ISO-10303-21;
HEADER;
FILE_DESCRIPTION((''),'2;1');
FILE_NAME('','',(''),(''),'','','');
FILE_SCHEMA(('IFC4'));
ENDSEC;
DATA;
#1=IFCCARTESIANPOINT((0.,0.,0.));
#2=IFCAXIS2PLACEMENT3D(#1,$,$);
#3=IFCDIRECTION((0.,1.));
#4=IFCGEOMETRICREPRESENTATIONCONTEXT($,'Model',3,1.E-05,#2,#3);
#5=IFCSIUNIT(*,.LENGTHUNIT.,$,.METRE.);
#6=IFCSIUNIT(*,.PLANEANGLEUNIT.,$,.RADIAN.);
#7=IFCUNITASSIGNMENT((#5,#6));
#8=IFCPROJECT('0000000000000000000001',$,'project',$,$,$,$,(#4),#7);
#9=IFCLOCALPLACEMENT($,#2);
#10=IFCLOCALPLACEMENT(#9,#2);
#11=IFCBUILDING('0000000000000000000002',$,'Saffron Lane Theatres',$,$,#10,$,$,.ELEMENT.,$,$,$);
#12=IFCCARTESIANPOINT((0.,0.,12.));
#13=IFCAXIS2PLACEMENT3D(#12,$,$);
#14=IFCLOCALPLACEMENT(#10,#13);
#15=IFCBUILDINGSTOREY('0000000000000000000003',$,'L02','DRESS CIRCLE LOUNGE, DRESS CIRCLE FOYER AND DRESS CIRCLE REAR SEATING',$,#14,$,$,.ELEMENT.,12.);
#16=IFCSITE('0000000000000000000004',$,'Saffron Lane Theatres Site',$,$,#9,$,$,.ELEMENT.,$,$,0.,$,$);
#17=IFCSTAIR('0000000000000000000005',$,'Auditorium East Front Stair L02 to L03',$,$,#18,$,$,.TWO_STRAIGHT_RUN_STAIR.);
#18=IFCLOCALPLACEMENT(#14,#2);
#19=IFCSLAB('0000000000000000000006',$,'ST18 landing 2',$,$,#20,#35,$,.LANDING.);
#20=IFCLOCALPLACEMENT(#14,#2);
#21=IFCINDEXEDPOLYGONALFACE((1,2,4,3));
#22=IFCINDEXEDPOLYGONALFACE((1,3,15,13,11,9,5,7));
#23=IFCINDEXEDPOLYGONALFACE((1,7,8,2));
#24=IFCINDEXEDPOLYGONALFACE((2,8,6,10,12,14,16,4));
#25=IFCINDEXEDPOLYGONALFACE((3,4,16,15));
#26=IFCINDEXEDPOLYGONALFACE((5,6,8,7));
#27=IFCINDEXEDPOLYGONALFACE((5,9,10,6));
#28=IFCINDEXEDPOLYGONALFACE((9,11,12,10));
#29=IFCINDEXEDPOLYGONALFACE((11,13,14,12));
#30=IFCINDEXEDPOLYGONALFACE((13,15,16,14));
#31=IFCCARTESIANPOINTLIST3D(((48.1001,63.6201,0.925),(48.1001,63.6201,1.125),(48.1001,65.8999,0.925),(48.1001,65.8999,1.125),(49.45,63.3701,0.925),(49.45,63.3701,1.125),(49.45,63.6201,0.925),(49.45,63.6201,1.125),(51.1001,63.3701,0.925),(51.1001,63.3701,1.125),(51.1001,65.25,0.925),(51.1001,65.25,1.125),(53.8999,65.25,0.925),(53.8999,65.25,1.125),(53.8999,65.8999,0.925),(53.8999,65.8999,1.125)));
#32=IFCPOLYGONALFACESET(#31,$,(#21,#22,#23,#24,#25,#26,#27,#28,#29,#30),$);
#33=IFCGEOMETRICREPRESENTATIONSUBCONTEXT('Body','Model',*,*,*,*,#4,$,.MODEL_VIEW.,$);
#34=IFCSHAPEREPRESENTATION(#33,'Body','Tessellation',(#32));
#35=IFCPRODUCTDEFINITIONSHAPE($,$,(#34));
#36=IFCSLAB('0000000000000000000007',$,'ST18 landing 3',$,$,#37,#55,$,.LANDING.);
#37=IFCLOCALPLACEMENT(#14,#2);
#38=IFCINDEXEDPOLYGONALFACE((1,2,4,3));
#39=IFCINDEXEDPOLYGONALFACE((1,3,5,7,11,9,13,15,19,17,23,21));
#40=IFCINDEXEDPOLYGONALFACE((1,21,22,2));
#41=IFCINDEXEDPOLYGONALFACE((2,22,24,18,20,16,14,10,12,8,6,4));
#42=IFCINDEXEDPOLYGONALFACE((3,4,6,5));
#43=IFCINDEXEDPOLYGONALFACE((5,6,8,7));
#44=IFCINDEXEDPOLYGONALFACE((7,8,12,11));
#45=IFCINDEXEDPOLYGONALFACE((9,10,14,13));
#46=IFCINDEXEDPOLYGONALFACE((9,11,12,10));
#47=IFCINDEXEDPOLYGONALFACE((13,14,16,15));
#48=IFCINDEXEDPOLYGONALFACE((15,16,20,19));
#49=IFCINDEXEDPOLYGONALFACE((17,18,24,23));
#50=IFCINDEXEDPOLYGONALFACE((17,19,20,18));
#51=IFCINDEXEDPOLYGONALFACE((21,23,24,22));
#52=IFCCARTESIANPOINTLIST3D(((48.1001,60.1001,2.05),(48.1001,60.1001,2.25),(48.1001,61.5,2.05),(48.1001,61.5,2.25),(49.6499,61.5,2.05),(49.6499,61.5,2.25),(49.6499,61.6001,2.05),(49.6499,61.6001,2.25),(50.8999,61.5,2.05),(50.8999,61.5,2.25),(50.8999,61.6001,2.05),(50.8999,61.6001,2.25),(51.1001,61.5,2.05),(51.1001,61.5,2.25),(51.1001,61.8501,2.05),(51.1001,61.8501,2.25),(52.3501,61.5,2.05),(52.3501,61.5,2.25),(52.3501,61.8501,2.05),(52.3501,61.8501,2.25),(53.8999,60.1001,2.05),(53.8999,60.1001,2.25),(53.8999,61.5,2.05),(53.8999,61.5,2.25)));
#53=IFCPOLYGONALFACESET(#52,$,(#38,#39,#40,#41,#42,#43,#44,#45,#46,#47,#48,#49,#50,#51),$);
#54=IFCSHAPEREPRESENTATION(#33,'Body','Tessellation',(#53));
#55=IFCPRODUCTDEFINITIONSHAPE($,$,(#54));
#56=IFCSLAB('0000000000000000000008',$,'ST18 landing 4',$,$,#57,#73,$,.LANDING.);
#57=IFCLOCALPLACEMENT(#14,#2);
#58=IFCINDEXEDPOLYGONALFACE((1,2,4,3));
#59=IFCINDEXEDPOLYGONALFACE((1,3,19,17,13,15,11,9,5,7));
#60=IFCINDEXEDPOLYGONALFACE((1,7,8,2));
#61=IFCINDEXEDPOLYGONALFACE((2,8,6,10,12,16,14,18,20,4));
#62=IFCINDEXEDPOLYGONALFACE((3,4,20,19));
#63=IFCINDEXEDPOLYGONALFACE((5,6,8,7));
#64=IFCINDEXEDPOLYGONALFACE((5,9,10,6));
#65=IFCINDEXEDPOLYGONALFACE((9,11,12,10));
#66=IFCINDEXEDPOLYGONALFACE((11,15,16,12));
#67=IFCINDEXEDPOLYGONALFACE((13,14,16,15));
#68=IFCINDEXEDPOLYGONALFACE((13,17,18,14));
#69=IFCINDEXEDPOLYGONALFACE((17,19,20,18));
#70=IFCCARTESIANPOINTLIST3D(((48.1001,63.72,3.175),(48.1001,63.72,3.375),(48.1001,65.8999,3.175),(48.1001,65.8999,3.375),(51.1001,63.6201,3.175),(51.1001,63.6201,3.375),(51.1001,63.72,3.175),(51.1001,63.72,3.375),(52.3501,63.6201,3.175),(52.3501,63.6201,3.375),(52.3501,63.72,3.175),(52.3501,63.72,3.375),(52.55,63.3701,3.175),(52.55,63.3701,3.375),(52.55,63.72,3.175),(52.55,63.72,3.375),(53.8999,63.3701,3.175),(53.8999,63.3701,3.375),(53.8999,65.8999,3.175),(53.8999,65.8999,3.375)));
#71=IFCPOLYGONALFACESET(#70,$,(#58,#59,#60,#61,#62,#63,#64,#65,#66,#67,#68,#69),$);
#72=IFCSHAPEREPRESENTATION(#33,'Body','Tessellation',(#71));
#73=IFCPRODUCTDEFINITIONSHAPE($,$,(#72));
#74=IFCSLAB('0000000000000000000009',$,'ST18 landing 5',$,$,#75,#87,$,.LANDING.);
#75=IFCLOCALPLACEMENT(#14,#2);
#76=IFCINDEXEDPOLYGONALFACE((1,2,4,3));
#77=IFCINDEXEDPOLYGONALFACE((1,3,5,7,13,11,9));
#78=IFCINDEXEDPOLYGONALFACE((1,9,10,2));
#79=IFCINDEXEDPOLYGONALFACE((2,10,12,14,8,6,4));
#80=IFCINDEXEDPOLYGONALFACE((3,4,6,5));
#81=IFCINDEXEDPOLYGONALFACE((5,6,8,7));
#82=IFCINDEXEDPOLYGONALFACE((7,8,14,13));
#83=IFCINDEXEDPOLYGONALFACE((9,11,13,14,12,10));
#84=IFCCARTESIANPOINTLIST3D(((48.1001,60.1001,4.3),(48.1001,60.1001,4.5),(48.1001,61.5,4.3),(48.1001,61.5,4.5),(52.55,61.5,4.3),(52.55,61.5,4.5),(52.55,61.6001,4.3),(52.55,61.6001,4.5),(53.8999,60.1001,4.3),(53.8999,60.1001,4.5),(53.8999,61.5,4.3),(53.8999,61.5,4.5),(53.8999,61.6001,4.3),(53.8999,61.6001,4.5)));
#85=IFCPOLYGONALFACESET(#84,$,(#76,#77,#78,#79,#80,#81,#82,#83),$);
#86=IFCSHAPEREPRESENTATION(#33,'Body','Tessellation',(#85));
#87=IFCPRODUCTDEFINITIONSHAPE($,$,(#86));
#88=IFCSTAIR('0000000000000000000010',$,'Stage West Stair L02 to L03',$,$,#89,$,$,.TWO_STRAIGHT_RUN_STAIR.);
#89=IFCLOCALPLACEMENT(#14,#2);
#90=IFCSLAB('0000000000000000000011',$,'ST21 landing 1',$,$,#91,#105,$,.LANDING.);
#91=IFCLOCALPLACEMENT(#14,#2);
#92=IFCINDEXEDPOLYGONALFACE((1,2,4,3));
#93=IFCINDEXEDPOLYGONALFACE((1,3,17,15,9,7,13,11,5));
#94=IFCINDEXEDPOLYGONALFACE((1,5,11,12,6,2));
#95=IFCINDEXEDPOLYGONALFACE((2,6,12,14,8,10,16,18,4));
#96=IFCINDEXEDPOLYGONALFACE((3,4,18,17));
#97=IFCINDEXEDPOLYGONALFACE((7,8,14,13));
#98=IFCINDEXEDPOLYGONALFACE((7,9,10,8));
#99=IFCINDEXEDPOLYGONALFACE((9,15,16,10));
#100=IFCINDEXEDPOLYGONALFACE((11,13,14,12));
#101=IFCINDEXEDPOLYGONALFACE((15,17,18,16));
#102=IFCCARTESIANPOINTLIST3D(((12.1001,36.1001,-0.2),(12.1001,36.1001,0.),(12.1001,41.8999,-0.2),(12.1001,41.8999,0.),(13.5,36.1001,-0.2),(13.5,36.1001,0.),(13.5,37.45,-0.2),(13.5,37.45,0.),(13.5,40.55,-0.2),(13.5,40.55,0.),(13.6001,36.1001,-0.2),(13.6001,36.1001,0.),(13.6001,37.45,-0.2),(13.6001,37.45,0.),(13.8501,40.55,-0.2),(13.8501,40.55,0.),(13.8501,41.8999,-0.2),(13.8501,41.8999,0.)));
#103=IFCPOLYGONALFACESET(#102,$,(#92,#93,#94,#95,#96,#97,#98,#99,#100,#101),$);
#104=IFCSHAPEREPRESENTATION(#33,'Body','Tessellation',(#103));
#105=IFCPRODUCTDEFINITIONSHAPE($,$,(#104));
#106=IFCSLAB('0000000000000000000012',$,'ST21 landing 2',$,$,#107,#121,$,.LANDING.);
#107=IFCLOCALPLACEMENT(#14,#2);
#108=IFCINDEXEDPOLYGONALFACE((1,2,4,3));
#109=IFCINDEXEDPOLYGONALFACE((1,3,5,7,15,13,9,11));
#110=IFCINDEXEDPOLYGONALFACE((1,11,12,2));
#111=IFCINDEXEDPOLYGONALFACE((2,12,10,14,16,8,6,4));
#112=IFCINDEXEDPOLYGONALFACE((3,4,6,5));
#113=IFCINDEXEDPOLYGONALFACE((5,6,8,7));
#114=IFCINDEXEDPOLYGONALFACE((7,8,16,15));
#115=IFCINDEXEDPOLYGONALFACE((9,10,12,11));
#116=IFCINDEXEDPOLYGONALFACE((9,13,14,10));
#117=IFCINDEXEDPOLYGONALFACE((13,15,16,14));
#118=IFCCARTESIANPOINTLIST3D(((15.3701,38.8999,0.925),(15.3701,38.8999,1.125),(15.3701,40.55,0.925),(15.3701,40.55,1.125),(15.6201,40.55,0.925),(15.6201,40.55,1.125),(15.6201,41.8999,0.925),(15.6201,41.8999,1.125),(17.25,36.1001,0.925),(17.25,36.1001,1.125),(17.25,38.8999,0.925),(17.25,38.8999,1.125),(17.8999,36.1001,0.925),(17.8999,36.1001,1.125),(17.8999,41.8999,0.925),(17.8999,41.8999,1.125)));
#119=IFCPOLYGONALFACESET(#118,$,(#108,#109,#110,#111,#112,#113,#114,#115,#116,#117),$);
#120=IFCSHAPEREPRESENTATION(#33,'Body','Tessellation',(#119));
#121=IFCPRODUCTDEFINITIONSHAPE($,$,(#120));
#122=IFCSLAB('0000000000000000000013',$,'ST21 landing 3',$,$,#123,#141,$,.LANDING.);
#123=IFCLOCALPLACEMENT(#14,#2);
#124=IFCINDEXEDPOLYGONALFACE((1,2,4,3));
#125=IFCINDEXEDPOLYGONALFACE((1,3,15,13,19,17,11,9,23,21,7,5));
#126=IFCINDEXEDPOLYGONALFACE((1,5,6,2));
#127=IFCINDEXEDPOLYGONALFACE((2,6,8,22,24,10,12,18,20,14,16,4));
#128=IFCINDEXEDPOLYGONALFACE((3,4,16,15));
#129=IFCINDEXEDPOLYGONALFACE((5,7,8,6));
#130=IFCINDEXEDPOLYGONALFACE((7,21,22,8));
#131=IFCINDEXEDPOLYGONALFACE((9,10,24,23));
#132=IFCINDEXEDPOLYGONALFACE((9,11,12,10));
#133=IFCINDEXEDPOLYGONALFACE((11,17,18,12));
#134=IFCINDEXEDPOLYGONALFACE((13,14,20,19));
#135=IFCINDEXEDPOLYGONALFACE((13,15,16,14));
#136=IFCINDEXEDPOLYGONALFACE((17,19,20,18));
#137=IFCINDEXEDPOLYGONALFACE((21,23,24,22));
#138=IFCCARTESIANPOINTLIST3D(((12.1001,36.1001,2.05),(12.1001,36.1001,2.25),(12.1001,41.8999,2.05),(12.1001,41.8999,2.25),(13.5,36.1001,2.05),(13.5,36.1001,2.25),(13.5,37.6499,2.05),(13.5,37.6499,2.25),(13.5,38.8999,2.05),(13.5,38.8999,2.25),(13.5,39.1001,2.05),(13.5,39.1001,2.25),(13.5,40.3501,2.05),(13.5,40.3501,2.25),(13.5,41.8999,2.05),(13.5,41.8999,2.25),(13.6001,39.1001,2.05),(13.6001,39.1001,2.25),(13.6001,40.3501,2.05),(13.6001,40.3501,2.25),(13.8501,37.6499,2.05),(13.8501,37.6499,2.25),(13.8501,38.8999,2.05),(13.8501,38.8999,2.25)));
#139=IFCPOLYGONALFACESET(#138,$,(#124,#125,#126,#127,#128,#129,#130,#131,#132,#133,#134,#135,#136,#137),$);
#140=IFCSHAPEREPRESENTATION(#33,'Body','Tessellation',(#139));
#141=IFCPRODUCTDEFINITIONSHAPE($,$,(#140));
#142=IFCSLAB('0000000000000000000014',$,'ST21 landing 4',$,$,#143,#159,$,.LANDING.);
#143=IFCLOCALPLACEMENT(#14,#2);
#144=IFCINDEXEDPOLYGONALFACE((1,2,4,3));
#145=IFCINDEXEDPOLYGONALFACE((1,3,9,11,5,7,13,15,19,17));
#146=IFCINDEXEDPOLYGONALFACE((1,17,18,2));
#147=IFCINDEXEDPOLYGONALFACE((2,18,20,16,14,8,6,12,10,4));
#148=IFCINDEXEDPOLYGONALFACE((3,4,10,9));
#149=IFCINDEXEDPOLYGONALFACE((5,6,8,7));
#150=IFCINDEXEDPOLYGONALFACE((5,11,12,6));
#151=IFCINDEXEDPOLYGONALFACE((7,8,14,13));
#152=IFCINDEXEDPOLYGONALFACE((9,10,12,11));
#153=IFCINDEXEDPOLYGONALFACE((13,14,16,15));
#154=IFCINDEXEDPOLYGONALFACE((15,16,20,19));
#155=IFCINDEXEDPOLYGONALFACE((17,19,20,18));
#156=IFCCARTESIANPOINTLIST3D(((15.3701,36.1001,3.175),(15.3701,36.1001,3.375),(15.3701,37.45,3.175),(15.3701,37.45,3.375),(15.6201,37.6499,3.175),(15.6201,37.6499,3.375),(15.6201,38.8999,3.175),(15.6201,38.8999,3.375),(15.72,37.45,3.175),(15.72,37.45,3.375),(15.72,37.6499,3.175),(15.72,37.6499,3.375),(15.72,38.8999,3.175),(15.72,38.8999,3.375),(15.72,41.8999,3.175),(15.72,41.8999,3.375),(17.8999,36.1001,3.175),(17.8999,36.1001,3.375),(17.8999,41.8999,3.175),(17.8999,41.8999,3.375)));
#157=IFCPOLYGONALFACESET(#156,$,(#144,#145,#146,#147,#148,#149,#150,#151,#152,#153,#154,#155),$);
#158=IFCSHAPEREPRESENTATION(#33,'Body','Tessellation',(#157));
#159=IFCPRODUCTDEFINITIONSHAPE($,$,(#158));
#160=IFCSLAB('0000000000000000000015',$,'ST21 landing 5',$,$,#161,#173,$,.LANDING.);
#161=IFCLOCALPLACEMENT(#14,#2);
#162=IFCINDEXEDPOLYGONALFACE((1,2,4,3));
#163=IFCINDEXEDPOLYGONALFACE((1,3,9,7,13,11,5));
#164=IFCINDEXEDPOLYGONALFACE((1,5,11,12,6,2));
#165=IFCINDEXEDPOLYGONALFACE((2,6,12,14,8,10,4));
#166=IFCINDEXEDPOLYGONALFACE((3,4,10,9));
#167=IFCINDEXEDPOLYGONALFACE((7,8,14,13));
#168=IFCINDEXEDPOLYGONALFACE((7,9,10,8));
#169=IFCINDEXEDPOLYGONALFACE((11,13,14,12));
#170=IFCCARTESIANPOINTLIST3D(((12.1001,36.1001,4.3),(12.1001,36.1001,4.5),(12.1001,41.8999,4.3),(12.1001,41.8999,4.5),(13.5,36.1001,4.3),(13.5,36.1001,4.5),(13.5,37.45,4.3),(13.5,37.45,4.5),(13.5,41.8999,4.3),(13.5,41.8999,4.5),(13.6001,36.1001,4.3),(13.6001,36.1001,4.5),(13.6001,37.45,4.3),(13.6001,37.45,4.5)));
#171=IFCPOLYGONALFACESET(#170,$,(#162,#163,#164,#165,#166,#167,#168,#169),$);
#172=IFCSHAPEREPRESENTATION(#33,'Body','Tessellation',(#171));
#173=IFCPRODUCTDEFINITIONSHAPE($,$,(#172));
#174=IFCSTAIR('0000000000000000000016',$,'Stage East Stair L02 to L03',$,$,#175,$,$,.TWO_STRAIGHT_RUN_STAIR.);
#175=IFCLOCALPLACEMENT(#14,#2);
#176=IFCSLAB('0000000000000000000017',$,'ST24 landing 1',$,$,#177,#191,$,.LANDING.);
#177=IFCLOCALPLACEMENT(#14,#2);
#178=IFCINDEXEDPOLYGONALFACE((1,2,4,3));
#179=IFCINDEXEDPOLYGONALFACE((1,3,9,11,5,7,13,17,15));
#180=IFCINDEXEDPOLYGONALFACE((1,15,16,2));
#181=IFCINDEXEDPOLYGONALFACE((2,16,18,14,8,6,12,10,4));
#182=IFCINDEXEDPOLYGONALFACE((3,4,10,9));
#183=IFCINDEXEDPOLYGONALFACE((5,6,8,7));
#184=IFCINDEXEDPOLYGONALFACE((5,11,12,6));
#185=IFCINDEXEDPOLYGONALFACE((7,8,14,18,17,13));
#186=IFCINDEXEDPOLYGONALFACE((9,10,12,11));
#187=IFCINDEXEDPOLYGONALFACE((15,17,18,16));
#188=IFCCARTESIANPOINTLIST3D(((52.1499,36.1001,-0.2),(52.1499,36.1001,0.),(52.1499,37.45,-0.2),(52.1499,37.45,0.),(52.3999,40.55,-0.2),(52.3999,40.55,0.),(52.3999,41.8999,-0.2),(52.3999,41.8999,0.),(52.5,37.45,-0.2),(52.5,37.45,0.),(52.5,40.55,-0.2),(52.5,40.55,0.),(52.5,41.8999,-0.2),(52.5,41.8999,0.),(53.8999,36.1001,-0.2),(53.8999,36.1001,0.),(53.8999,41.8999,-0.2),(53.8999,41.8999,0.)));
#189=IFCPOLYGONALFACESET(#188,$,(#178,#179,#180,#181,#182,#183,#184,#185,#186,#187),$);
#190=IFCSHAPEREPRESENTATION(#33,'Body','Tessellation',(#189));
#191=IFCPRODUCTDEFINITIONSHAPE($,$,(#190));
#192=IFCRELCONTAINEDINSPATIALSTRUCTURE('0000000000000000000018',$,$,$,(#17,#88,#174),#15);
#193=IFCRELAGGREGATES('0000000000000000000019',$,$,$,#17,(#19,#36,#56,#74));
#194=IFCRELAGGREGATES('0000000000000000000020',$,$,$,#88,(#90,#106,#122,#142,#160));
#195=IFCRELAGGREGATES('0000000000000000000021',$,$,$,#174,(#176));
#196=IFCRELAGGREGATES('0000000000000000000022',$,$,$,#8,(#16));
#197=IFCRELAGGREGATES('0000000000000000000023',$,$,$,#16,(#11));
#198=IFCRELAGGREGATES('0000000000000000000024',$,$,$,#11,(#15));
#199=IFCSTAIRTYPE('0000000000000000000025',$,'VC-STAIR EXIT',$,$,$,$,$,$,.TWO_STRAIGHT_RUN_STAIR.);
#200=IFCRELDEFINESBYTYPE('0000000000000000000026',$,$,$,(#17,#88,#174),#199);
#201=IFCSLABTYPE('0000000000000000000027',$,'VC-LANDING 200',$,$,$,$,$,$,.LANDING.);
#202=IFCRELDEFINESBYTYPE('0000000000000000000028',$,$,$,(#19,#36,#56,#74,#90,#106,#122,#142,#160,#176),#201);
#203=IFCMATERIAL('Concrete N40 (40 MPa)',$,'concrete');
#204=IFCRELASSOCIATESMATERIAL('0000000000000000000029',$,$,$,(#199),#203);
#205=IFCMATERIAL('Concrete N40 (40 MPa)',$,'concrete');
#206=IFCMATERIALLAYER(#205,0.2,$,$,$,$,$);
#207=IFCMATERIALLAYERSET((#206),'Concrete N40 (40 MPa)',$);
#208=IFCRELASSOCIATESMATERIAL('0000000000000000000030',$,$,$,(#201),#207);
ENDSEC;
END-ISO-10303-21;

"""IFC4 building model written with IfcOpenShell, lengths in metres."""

from ifc_helpers import new_model, si_unit, direction, frame, origin, place, context, subcontext, project, spatial, polyline, outline, extrude, material, layer, layer_set, type_object, element, aggregate, save


model = new_model("IFC4")

# Units and contexts
model_context = context("Model", 3, precision=1e-05, world=origin(), true_north=direction((0.0, 1.0)))
body_context = subcontext(model_context, "Body", "Model", "MODEL_VIEW")
ifc_project = project(units=[si_unit("LENGTHUNIT", "METRE"), si_unit("PLANEANGLEUNIT", "RADIAN")], contexts=[model_context])

# Site, building, storey
site_placement = place(None, origin())
site = spatial("IfcSite", under=ifc_project, at=site_placement, Name="Saffron Lane Theatres Site", CompositionType="ELEMENT", RefElevation=0.0)
building_placement = place(site_placement, origin())
building = spatial("IfcBuilding", under=site, at=building_placement, Name="Saffron Lane Theatres", CompositionType="ELEMENT")
storey_placement = place(building_placement, frame((0.0, 0.0, 12.0)))
storey = spatial("IfcBuildingStorey", under=building, at=storey_placement, Name="L02", Description="DRESS CIRCLE LOUNGE, DRESS CIRCLE FOYER AND DRESS CIRCLE REAR SEATING", CompositionType="ELEMENT", Elevation=12.0)

# Stairs, slabs
ifc_material_1 = material(Name="Concrete N40 (40 MPa)", Category="concrete")
stair_type_1 = type_object("IfcStairType", Name="VC-STAIR EXIT", PredefinedType="TWO_STRAIGHT_RUN_STAIR", material=ifc_material_1)
stair_1_placement = place(storey_placement, origin())
stair_1 = element("IfcStair", 1, at=stair_1_placement, inside=storey, type_object=stair_type_1, Name="Auditorium East Front Stair L02 to L03", PredefinedType="TWO_STRAIGHT_RUN_STAIR")
ifc_material_2 = material(Name="Concrete N40 (40 MPa)", Category="concrete")
ifc_layer_1 = layer(ifc_material_2, 0.2)
ifc_layer_set_1 = layer_set([ifc_layer_1], Name="Concrete N40 (40 MPa)")
slab_type = type_object("IfcSlabType", Name="VC-LANDING 200", PredefinedType="LANDING", material=ifc_layer_set_1)
slab_1_placement = place(storey_placement, frame((0.0, 0.0, 0.925)))
slab_1 = element("IfcSlab", 2, at=slab_1_placement, type_object=slab_type, Name="ST18 landing 2", PredefinedType="LANDING", context=body_context, shape_type="SweptSolid", body=[
    extrude(outline(polyline([(51.1001, 63.3701), (49.45, 63.3701), (49.45, 63.6201), (48.1001, 63.6201), (48.1001, 65.8999), (53.8999, 65.8999), (53.8999, 65.25), (51.1001, 65.25), (51.1001, 63.3701)])), origin(), (0.0, 0.0, 1.0), 0.2),
])
slab_2_placement = place(storey_placement, frame((0.0, 0.0, 2.05)))
slab_2 = element("IfcSlab", 3, at=slab_2_placement, type_object=slab_type, Name="ST18 landing 3", PredefinedType="LANDING", context=body_context, shape_type="SweptSolid", body=[
    extrude(outline(polyline([(53.8999, 61.5), (53.8999, 60.1001), (48.1001, 60.1001), (48.1001, 61.5), (49.6499, 61.5), (49.6499, 61.6001), (50.8999, 61.6001), (50.8999, 61.5), (51.1001, 61.5), (51.1001, 61.8501), (52.3501, 61.8501), (52.3501, 61.5), (53.8999, 61.5)])), origin(), (0.0, 0.0, 1.0), 0.2),
])
slab_3_placement = place(storey_placement, frame((0.0, 0.0, 3.175)))
slab_3 = element("IfcSlab", 4, at=slab_3_placement, type_object=slab_type, Name="ST18 landing 4", PredefinedType="LANDING", context=body_context, shape_type="SweptSolid", body=[
    extrude(outline(polyline([(52.55, 63.72), (52.3501, 63.72), (52.3501, 63.6201), (51.1001, 63.6201), (51.1001, 63.72), (48.1001, 63.72), (48.1001, 65.8999), (53.8999, 65.8999), (53.8999, 63.3701), (52.55, 63.3701), (52.55, 63.72)])), origin(), (0.0, 0.0, 1.0), 0.2),
])
slab_4_placement = place(storey_placement, frame((0.0, 0.0, 4.3)))
slab_4 = element("IfcSlab", 5, at=slab_4_placement, type_object=slab_type, Name="ST18 landing 5", PredefinedType="LANDING", context=body_context, shape_type="SweptSolid", body=[
    extrude(outline(polyline([(53.8999, 60.1001), (48.1001, 60.1001), (48.1001, 61.5), (52.55, 61.5), (52.55, 61.6001), (53.8999, 61.6001), (53.8999, 61.5), (53.8999, 61.5), (53.8999, 60.1001)])), origin(), (0.0, 0.0, 1.0), 0.2),
])
aggregate(stair_1, [slab_1, slab_2, slab_3, slab_4])
stair_2_placement = place(storey_placement, origin())
stair_2 = element("IfcStair", 6, at=stair_2_placement, inside=storey, type_object=stair_type_1, Name="Stage West Stair L02 to L03", PredefinedType="TWO_STRAIGHT_RUN_STAIR")
slab_5_placement = place(storey_placement, frame((0.0, 0.0, -0.2)))
slab_5 = element("IfcSlab", 7, at=slab_5_placement, type_object=slab_type, Name="ST21 landing 1", PredefinedType="LANDING", context=body_context, shape_type="SweptSolid", body=[
    extrude(outline(polyline([(12.1001, 36.1001), (12.1001, 41.8999), (13.8501, 41.8999), (13.8501, 40.55), (13.5, 40.55), (13.5, 37.45), (13.6001, 37.45), (13.6001, 36.1001), (13.5, 36.1001), (13.5, 36.1001), (12.1001, 36.1001)])), origin(), (0.0, 0.0, 1.0), 0.2),
])
slab_6_placement = place(storey_placement, frame((0.0, 0.0, 0.925)))
slab_6 = element("IfcSlab", 8, at=slab_6_placement, type_object=slab_type, Name="ST21 landing 2", PredefinedType="LANDING", context=body_context, shape_type="SweptSolid", body=[
    extrude(outline(polyline([(15.3701, 38.8999), (15.3701, 40.55), (15.6201, 40.55), (15.6201, 41.8999), (17.8999, 41.8999), (17.8999, 36.1001), (17.25, 36.1001), (17.25, 38.8999), (15.3701, 38.8999)])), origin(), (0.0, 0.0, 1.0), 0.2),
])
slab_7_placement = place(storey_placement, frame((0.0, 0.0, 2.05)))
slab_7 = element("IfcSlab", 9, at=slab_7_placement, type_object=slab_type, Name="ST21 landing 3", PredefinedType="LANDING", context=body_context, shape_type="SweptSolid", body=[
    extrude(outline(polyline([(13.5, 36.1001), (12.1001, 36.1001), (12.1001, 41.8999), (13.5, 41.8999), (13.5, 40.3501), (13.6001, 40.3501), (13.6001, 39.1001), (13.5, 39.1001), (13.5, 38.8999), (13.8501, 38.8999), (13.8501, 37.6499), (13.5, 37.6499), (13.5, 36.1001)])), origin(), (0.0, 0.0, 1.0), 0.2),
])
slab_8_placement = place(storey_placement, frame((0.0, 0.0, 3.175)))
slab_8 = element("IfcSlab", 10, at=slab_8_placement, type_object=slab_type, Name="ST21 landing 4", PredefinedType="LANDING", context=body_context, shape_type="SweptSolid", body=[
    extrude(outline(polyline([(15.72, 37.45), (15.72, 37.6499), (15.6201, 37.6499), (15.6201, 38.8999), (15.72, 38.8999), (15.72, 41.8999), (17.8999, 41.8999), (17.8999, 36.1001), (15.3701, 36.1001), (15.3701, 37.45), (15.72, 37.45)])), origin(), (0.0, 0.0, 1.0), 0.2),
])
slab_9_placement = place(storey_placement, frame((0.0, 0.0, 4.3)))
slab_9 = element("IfcSlab", 11, at=slab_9_placement, type_object=slab_type, Name="ST21 landing 5", PredefinedType="LANDING", context=body_context, shape_type="SweptSolid", body=[
    extrude(outline(polyline([(12.1001, 36.1001), (12.1001, 41.8999), (13.5, 41.8999), (13.5, 37.45), (13.6001, 37.45), (13.6001, 36.1001), (13.5, 36.1001), (13.5, 36.1001), (12.1001, 36.1001)])), origin(), (0.0, 0.0, 1.0), 0.2),
])
aggregate(stair_2, [slab_5, slab_6, slab_7, slab_8, slab_9])
stair_3_placement = place(storey_placement, origin())
stair_3 = element("IfcStair", 12, at=stair_3_placement, inside=storey, type_object=stair_type_1, Name="Stage East Stair L02 to L03", PredefinedType="TWO_STRAIGHT_RUN_STAIR")
slab_10_placement = place(storey_placement, frame((0.0, 0.0, -0.2)))
slab_10 = element("IfcSlab", 13, at=slab_10_placement, type_object=slab_type, Name="ST24 landing 1", PredefinedType="LANDING", context=body_context, shape_type="SweptSolid", body=[
    extrude(outline(polyline([(53.8999, 41.8999), (53.8999, 36.1001), (52.1499, 36.1001), (52.1499, 37.45), (52.5, 37.45), (52.5, 40.55), (52.3999, 40.55), (52.3999, 41.8999), (52.5, 41.8999), (52.5, 41.8999), (53.8999, 41.8999)])), origin(), (0.0, 0.0, 1.0), 0.2),
])
aggregate(stair_3, [slab_10])

save(model, "model.ifc")
